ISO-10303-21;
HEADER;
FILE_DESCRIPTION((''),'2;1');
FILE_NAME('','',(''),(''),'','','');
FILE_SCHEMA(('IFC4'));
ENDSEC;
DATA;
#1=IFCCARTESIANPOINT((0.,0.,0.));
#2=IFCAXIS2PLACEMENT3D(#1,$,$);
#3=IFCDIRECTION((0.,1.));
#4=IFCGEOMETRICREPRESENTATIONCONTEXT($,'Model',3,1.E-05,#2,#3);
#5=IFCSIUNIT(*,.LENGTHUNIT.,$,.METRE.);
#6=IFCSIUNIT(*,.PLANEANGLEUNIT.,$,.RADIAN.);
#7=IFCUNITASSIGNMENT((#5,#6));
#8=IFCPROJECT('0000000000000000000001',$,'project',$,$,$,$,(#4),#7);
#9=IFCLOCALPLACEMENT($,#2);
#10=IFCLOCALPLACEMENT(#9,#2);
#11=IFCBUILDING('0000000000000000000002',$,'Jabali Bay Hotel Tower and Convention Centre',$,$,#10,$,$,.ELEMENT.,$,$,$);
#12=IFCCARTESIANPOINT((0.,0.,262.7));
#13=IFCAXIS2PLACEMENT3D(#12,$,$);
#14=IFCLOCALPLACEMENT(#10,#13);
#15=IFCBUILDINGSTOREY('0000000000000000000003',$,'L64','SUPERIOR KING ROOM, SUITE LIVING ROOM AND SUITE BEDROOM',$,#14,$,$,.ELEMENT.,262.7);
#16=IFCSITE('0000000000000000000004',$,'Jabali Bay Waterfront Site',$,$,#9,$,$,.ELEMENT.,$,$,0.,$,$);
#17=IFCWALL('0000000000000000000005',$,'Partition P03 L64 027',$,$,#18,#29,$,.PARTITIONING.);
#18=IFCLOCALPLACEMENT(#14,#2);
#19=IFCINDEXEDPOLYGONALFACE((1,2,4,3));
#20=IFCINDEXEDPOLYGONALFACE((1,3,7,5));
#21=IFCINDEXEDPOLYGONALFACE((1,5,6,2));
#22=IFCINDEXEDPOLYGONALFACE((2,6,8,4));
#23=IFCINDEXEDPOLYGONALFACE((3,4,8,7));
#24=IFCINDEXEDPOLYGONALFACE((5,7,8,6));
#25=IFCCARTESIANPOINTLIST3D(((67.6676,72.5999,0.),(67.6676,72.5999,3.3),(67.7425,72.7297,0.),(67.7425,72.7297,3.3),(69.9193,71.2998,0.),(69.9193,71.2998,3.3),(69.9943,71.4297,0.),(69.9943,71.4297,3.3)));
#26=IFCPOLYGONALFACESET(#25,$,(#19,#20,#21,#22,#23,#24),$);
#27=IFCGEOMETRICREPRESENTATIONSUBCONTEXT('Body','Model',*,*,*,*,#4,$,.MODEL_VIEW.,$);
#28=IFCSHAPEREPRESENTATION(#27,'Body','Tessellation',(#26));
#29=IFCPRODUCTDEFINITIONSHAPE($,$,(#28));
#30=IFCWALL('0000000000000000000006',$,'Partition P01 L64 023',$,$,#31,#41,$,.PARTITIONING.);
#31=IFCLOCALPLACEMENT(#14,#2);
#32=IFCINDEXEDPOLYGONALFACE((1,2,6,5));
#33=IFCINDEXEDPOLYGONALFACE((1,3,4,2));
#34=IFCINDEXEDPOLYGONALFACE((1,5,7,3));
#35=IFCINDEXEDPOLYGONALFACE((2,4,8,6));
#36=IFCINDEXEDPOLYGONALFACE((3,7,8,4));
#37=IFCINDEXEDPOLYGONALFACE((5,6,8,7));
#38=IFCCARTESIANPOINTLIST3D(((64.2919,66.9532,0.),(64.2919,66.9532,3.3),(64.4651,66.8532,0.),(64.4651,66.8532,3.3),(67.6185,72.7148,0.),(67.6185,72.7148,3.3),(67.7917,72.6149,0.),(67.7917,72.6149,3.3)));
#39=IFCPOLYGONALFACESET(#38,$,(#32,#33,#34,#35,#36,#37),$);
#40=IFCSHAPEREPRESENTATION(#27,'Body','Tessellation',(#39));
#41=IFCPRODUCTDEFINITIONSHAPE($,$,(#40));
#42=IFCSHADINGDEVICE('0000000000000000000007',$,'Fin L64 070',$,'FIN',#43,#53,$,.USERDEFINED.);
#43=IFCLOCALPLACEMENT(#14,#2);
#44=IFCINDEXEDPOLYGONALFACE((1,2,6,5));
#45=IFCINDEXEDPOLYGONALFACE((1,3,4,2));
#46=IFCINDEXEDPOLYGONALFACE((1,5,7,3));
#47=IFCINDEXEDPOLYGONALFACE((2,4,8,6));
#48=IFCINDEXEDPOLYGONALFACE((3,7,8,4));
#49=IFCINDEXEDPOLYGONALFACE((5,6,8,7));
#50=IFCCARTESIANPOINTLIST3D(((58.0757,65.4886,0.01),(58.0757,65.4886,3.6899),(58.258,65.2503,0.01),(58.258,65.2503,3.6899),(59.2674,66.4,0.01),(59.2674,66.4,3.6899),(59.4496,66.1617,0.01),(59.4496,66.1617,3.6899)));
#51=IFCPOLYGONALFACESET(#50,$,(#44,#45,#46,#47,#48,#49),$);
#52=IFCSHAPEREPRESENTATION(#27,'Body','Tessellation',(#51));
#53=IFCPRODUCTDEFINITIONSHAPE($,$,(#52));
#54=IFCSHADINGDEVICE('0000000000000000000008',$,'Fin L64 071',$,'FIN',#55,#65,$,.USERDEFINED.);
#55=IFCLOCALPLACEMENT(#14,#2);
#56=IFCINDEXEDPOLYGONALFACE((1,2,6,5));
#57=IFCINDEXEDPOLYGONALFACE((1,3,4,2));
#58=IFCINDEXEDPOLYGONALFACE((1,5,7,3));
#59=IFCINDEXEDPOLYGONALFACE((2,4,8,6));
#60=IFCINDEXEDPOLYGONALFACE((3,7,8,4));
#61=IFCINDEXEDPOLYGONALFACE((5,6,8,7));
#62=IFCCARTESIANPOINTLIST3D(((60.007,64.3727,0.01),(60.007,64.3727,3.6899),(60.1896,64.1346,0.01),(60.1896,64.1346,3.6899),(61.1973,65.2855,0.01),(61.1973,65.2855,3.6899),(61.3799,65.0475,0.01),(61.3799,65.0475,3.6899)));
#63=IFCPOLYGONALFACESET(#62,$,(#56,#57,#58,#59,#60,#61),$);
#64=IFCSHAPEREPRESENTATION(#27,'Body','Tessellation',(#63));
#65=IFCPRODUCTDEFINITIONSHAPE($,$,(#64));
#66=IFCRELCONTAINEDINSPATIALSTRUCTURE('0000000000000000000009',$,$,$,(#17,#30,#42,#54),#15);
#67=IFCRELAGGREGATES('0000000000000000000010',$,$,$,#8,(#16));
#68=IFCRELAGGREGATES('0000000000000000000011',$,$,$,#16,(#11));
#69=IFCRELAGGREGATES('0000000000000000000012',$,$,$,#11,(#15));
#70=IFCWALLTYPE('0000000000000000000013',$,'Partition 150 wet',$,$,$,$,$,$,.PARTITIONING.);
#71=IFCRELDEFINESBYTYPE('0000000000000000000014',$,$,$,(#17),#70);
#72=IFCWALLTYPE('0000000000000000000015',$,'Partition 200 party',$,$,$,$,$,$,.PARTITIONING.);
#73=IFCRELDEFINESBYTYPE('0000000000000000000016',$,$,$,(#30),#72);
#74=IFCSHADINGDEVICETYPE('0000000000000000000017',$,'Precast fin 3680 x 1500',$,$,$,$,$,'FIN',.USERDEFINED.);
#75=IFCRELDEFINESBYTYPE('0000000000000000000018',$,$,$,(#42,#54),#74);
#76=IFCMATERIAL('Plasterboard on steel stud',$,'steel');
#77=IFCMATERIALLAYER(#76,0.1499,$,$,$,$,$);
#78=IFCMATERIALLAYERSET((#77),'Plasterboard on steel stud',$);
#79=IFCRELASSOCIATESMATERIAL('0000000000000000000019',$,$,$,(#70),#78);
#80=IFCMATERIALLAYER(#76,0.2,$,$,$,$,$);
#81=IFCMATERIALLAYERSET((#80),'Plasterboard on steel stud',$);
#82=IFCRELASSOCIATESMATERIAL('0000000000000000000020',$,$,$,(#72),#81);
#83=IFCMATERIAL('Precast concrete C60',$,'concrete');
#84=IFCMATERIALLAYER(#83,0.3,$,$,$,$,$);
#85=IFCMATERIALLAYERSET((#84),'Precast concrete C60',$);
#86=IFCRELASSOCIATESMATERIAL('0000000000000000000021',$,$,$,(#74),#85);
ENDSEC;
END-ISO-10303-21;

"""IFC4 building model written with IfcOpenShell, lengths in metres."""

from ifc_helpers import new_model, si_unit, direction, frame, frame_2d, origin, place, context, subcontext, project, spatial, rectangle, extrude, material, layer, layer_set, type_object, element, save


model = new_model("IFC4")

# Units and contexts
model_context = context("Model", 3, precision=1e-05, world=origin(), true_north=direction((0.0, 1.0)))
body_context = subcontext(model_context, "Body", "Model", "MODEL_VIEW")
ifc_project = project(units=[si_unit("LENGTHUNIT", "METRE"), si_unit("PLANEANGLEUNIT", "RADIAN")], contexts=[model_context])

# Site, building, storey
site_placement = place(None, origin())
site = spatial("IfcSite", under=ifc_project, at=site_placement, Name="Jabali Bay Waterfront Site", CompositionType="ELEMENT", RefElevation=0.0)
building_placement = place(site_placement, origin())
building = spatial("IfcBuilding", under=site, at=building_placement, Name="Jabali Bay Hotel Tower and Convention Centre", CompositionType="ELEMENT")
storey_placement = place(building_placement, frame((0.0, 0.0, 262.7)))
storey = spatial("IfcBuildingStorey", under=building, at=storey_placement, Name="L64", Description="SUPERIOR KING ROOM, SUITE LIVING ROOM AND SUITE BEDROOM", CompositionType="ELEMENT", Elevation=262.7)

# Shared definitions
ifc_material_1 = material(Name="Plasterboard on steel stud", Category="steel")
ifc_layer_1 = layer(ifc_material_1, 0.1499)
ifc_layer_set_1 = layer_set([ifc_layer_1], Name="Plasterboard on steel stud")
wall_type_1 = type_object("IfcWallType", Name="Partition 150 wet", PredefinedType="PARTITIONING", material=ifc_layer_set_1)

# Walls
wall_1_placement = place(storey_placement, frame((69.9568, 71.3647, 0.0), z_axis=(0.0, 0.0, 1.0), x_axis=(-0.866021, 0.500007, 0.0)))
element("IfcWall", 1, at=wall_1_placement, inside=storey, type_object=wall_type_1, Name="Partition P03 L64 027", PredefinedType="PARTITIONING", context=body_context, shape_type="SweptSolid", body=[
    extrude(rectangle(XDim=2.6001, YDim=0.1499, at=frame_2d((1.3, 0.0))), origin(), (0.0, 0.0, 1.0), 3.3),
])
ifc_layer_2 = layer(ifc_material_1, 0.2)
ifc_layer_set_2 = layer_set([ifc_layer_2], Name="Plasterboard on steel stud")
wall_type_2 = type_object("IfcWallType", Name="Partition 200 party", PredefinedType="PARTITIONING", material=ifc_layer_set_2)
wall_2_placement = place(storey_placement, frame((64.3784, 66.9031, 0.0), z_axis=(0.0, 0.0, 1.0), x_axis=(0.500015, 0.866017, 0.0)))
element("IfcWall", 2, at=wall_2_placement, inside=storey, type_object=wall_type_2, Name="Partition P01 L64 023", PredefinedType="PARTITIONING", context=body_context, shape_type="SweptSolid", body=[
    extrude(rectangle(XDim=6.6531, YDim=0.2, at=frame_2d((3.3267, 0.0))), origin(), (0.0, 0.0, 1.0), 3.3),
])

# Shading devices
ifc_material_2 = material(Name="Precast concrete C60", Category="concrete")
ifc_layer_3 = layer(ifc_material_2, 0.3)
ifc_layer_set_3 = layer_set([ifc_layer_3], Name="Precast concrete C60")
shading_device_type = type_object("IfcShadingDeviceType", Name="Precast fin 3680 x 1500", ElementType="FIN", PredefinedType="USERDEFINED", material=ifc_layer_set_3)
shading_device_1_placement = place(storey_placement, frame((59.3584, 66.2808, 0.01), z_axis=(0.0, 0.0, 1.0), x_axis=(-0.794321, -0.607498, 0.0)))
element("IfcShadingDevice", 3, at=shading_device_1_placement, inside=storey, type_object=shading_device_type, Name="Fin L64 070", ObjectType="FIN", PredefinedType="USERDEFINED", context=body_context, shape_type="SweptSolid", body=[
    extrude(rectangle(XDim=1.5002, YDim=0.3, at=frame_2d((0.75, 0.0))), origin(), (0.0, 0.0, 1.0), 3.6799),
])
shading_device_2_placement = place(storey_placement, frame((61.2886, 65.1665, 0.01), z_axis=(0.0, 0.0, 1.0), x_axis=(-0.793488, -0.608585, 0.0)))
element("IfcShadingDevice", 4, at=shading_device_2_placement, inside=storey, type_object=shading_device_type, Name="Fin L64 071", ObjectType="FIN", PredefinedType="USERDEFINED", context=body_context, shape_type="SweptSolid", body=[
    extrude(rectangle(XDim=1.5, YDim=0.3, at=frame_2d((0.75, 0.0))), origin(), (0.0, 0.0, 1.0), 3.6799),
])

save(model, "model.ifc")
